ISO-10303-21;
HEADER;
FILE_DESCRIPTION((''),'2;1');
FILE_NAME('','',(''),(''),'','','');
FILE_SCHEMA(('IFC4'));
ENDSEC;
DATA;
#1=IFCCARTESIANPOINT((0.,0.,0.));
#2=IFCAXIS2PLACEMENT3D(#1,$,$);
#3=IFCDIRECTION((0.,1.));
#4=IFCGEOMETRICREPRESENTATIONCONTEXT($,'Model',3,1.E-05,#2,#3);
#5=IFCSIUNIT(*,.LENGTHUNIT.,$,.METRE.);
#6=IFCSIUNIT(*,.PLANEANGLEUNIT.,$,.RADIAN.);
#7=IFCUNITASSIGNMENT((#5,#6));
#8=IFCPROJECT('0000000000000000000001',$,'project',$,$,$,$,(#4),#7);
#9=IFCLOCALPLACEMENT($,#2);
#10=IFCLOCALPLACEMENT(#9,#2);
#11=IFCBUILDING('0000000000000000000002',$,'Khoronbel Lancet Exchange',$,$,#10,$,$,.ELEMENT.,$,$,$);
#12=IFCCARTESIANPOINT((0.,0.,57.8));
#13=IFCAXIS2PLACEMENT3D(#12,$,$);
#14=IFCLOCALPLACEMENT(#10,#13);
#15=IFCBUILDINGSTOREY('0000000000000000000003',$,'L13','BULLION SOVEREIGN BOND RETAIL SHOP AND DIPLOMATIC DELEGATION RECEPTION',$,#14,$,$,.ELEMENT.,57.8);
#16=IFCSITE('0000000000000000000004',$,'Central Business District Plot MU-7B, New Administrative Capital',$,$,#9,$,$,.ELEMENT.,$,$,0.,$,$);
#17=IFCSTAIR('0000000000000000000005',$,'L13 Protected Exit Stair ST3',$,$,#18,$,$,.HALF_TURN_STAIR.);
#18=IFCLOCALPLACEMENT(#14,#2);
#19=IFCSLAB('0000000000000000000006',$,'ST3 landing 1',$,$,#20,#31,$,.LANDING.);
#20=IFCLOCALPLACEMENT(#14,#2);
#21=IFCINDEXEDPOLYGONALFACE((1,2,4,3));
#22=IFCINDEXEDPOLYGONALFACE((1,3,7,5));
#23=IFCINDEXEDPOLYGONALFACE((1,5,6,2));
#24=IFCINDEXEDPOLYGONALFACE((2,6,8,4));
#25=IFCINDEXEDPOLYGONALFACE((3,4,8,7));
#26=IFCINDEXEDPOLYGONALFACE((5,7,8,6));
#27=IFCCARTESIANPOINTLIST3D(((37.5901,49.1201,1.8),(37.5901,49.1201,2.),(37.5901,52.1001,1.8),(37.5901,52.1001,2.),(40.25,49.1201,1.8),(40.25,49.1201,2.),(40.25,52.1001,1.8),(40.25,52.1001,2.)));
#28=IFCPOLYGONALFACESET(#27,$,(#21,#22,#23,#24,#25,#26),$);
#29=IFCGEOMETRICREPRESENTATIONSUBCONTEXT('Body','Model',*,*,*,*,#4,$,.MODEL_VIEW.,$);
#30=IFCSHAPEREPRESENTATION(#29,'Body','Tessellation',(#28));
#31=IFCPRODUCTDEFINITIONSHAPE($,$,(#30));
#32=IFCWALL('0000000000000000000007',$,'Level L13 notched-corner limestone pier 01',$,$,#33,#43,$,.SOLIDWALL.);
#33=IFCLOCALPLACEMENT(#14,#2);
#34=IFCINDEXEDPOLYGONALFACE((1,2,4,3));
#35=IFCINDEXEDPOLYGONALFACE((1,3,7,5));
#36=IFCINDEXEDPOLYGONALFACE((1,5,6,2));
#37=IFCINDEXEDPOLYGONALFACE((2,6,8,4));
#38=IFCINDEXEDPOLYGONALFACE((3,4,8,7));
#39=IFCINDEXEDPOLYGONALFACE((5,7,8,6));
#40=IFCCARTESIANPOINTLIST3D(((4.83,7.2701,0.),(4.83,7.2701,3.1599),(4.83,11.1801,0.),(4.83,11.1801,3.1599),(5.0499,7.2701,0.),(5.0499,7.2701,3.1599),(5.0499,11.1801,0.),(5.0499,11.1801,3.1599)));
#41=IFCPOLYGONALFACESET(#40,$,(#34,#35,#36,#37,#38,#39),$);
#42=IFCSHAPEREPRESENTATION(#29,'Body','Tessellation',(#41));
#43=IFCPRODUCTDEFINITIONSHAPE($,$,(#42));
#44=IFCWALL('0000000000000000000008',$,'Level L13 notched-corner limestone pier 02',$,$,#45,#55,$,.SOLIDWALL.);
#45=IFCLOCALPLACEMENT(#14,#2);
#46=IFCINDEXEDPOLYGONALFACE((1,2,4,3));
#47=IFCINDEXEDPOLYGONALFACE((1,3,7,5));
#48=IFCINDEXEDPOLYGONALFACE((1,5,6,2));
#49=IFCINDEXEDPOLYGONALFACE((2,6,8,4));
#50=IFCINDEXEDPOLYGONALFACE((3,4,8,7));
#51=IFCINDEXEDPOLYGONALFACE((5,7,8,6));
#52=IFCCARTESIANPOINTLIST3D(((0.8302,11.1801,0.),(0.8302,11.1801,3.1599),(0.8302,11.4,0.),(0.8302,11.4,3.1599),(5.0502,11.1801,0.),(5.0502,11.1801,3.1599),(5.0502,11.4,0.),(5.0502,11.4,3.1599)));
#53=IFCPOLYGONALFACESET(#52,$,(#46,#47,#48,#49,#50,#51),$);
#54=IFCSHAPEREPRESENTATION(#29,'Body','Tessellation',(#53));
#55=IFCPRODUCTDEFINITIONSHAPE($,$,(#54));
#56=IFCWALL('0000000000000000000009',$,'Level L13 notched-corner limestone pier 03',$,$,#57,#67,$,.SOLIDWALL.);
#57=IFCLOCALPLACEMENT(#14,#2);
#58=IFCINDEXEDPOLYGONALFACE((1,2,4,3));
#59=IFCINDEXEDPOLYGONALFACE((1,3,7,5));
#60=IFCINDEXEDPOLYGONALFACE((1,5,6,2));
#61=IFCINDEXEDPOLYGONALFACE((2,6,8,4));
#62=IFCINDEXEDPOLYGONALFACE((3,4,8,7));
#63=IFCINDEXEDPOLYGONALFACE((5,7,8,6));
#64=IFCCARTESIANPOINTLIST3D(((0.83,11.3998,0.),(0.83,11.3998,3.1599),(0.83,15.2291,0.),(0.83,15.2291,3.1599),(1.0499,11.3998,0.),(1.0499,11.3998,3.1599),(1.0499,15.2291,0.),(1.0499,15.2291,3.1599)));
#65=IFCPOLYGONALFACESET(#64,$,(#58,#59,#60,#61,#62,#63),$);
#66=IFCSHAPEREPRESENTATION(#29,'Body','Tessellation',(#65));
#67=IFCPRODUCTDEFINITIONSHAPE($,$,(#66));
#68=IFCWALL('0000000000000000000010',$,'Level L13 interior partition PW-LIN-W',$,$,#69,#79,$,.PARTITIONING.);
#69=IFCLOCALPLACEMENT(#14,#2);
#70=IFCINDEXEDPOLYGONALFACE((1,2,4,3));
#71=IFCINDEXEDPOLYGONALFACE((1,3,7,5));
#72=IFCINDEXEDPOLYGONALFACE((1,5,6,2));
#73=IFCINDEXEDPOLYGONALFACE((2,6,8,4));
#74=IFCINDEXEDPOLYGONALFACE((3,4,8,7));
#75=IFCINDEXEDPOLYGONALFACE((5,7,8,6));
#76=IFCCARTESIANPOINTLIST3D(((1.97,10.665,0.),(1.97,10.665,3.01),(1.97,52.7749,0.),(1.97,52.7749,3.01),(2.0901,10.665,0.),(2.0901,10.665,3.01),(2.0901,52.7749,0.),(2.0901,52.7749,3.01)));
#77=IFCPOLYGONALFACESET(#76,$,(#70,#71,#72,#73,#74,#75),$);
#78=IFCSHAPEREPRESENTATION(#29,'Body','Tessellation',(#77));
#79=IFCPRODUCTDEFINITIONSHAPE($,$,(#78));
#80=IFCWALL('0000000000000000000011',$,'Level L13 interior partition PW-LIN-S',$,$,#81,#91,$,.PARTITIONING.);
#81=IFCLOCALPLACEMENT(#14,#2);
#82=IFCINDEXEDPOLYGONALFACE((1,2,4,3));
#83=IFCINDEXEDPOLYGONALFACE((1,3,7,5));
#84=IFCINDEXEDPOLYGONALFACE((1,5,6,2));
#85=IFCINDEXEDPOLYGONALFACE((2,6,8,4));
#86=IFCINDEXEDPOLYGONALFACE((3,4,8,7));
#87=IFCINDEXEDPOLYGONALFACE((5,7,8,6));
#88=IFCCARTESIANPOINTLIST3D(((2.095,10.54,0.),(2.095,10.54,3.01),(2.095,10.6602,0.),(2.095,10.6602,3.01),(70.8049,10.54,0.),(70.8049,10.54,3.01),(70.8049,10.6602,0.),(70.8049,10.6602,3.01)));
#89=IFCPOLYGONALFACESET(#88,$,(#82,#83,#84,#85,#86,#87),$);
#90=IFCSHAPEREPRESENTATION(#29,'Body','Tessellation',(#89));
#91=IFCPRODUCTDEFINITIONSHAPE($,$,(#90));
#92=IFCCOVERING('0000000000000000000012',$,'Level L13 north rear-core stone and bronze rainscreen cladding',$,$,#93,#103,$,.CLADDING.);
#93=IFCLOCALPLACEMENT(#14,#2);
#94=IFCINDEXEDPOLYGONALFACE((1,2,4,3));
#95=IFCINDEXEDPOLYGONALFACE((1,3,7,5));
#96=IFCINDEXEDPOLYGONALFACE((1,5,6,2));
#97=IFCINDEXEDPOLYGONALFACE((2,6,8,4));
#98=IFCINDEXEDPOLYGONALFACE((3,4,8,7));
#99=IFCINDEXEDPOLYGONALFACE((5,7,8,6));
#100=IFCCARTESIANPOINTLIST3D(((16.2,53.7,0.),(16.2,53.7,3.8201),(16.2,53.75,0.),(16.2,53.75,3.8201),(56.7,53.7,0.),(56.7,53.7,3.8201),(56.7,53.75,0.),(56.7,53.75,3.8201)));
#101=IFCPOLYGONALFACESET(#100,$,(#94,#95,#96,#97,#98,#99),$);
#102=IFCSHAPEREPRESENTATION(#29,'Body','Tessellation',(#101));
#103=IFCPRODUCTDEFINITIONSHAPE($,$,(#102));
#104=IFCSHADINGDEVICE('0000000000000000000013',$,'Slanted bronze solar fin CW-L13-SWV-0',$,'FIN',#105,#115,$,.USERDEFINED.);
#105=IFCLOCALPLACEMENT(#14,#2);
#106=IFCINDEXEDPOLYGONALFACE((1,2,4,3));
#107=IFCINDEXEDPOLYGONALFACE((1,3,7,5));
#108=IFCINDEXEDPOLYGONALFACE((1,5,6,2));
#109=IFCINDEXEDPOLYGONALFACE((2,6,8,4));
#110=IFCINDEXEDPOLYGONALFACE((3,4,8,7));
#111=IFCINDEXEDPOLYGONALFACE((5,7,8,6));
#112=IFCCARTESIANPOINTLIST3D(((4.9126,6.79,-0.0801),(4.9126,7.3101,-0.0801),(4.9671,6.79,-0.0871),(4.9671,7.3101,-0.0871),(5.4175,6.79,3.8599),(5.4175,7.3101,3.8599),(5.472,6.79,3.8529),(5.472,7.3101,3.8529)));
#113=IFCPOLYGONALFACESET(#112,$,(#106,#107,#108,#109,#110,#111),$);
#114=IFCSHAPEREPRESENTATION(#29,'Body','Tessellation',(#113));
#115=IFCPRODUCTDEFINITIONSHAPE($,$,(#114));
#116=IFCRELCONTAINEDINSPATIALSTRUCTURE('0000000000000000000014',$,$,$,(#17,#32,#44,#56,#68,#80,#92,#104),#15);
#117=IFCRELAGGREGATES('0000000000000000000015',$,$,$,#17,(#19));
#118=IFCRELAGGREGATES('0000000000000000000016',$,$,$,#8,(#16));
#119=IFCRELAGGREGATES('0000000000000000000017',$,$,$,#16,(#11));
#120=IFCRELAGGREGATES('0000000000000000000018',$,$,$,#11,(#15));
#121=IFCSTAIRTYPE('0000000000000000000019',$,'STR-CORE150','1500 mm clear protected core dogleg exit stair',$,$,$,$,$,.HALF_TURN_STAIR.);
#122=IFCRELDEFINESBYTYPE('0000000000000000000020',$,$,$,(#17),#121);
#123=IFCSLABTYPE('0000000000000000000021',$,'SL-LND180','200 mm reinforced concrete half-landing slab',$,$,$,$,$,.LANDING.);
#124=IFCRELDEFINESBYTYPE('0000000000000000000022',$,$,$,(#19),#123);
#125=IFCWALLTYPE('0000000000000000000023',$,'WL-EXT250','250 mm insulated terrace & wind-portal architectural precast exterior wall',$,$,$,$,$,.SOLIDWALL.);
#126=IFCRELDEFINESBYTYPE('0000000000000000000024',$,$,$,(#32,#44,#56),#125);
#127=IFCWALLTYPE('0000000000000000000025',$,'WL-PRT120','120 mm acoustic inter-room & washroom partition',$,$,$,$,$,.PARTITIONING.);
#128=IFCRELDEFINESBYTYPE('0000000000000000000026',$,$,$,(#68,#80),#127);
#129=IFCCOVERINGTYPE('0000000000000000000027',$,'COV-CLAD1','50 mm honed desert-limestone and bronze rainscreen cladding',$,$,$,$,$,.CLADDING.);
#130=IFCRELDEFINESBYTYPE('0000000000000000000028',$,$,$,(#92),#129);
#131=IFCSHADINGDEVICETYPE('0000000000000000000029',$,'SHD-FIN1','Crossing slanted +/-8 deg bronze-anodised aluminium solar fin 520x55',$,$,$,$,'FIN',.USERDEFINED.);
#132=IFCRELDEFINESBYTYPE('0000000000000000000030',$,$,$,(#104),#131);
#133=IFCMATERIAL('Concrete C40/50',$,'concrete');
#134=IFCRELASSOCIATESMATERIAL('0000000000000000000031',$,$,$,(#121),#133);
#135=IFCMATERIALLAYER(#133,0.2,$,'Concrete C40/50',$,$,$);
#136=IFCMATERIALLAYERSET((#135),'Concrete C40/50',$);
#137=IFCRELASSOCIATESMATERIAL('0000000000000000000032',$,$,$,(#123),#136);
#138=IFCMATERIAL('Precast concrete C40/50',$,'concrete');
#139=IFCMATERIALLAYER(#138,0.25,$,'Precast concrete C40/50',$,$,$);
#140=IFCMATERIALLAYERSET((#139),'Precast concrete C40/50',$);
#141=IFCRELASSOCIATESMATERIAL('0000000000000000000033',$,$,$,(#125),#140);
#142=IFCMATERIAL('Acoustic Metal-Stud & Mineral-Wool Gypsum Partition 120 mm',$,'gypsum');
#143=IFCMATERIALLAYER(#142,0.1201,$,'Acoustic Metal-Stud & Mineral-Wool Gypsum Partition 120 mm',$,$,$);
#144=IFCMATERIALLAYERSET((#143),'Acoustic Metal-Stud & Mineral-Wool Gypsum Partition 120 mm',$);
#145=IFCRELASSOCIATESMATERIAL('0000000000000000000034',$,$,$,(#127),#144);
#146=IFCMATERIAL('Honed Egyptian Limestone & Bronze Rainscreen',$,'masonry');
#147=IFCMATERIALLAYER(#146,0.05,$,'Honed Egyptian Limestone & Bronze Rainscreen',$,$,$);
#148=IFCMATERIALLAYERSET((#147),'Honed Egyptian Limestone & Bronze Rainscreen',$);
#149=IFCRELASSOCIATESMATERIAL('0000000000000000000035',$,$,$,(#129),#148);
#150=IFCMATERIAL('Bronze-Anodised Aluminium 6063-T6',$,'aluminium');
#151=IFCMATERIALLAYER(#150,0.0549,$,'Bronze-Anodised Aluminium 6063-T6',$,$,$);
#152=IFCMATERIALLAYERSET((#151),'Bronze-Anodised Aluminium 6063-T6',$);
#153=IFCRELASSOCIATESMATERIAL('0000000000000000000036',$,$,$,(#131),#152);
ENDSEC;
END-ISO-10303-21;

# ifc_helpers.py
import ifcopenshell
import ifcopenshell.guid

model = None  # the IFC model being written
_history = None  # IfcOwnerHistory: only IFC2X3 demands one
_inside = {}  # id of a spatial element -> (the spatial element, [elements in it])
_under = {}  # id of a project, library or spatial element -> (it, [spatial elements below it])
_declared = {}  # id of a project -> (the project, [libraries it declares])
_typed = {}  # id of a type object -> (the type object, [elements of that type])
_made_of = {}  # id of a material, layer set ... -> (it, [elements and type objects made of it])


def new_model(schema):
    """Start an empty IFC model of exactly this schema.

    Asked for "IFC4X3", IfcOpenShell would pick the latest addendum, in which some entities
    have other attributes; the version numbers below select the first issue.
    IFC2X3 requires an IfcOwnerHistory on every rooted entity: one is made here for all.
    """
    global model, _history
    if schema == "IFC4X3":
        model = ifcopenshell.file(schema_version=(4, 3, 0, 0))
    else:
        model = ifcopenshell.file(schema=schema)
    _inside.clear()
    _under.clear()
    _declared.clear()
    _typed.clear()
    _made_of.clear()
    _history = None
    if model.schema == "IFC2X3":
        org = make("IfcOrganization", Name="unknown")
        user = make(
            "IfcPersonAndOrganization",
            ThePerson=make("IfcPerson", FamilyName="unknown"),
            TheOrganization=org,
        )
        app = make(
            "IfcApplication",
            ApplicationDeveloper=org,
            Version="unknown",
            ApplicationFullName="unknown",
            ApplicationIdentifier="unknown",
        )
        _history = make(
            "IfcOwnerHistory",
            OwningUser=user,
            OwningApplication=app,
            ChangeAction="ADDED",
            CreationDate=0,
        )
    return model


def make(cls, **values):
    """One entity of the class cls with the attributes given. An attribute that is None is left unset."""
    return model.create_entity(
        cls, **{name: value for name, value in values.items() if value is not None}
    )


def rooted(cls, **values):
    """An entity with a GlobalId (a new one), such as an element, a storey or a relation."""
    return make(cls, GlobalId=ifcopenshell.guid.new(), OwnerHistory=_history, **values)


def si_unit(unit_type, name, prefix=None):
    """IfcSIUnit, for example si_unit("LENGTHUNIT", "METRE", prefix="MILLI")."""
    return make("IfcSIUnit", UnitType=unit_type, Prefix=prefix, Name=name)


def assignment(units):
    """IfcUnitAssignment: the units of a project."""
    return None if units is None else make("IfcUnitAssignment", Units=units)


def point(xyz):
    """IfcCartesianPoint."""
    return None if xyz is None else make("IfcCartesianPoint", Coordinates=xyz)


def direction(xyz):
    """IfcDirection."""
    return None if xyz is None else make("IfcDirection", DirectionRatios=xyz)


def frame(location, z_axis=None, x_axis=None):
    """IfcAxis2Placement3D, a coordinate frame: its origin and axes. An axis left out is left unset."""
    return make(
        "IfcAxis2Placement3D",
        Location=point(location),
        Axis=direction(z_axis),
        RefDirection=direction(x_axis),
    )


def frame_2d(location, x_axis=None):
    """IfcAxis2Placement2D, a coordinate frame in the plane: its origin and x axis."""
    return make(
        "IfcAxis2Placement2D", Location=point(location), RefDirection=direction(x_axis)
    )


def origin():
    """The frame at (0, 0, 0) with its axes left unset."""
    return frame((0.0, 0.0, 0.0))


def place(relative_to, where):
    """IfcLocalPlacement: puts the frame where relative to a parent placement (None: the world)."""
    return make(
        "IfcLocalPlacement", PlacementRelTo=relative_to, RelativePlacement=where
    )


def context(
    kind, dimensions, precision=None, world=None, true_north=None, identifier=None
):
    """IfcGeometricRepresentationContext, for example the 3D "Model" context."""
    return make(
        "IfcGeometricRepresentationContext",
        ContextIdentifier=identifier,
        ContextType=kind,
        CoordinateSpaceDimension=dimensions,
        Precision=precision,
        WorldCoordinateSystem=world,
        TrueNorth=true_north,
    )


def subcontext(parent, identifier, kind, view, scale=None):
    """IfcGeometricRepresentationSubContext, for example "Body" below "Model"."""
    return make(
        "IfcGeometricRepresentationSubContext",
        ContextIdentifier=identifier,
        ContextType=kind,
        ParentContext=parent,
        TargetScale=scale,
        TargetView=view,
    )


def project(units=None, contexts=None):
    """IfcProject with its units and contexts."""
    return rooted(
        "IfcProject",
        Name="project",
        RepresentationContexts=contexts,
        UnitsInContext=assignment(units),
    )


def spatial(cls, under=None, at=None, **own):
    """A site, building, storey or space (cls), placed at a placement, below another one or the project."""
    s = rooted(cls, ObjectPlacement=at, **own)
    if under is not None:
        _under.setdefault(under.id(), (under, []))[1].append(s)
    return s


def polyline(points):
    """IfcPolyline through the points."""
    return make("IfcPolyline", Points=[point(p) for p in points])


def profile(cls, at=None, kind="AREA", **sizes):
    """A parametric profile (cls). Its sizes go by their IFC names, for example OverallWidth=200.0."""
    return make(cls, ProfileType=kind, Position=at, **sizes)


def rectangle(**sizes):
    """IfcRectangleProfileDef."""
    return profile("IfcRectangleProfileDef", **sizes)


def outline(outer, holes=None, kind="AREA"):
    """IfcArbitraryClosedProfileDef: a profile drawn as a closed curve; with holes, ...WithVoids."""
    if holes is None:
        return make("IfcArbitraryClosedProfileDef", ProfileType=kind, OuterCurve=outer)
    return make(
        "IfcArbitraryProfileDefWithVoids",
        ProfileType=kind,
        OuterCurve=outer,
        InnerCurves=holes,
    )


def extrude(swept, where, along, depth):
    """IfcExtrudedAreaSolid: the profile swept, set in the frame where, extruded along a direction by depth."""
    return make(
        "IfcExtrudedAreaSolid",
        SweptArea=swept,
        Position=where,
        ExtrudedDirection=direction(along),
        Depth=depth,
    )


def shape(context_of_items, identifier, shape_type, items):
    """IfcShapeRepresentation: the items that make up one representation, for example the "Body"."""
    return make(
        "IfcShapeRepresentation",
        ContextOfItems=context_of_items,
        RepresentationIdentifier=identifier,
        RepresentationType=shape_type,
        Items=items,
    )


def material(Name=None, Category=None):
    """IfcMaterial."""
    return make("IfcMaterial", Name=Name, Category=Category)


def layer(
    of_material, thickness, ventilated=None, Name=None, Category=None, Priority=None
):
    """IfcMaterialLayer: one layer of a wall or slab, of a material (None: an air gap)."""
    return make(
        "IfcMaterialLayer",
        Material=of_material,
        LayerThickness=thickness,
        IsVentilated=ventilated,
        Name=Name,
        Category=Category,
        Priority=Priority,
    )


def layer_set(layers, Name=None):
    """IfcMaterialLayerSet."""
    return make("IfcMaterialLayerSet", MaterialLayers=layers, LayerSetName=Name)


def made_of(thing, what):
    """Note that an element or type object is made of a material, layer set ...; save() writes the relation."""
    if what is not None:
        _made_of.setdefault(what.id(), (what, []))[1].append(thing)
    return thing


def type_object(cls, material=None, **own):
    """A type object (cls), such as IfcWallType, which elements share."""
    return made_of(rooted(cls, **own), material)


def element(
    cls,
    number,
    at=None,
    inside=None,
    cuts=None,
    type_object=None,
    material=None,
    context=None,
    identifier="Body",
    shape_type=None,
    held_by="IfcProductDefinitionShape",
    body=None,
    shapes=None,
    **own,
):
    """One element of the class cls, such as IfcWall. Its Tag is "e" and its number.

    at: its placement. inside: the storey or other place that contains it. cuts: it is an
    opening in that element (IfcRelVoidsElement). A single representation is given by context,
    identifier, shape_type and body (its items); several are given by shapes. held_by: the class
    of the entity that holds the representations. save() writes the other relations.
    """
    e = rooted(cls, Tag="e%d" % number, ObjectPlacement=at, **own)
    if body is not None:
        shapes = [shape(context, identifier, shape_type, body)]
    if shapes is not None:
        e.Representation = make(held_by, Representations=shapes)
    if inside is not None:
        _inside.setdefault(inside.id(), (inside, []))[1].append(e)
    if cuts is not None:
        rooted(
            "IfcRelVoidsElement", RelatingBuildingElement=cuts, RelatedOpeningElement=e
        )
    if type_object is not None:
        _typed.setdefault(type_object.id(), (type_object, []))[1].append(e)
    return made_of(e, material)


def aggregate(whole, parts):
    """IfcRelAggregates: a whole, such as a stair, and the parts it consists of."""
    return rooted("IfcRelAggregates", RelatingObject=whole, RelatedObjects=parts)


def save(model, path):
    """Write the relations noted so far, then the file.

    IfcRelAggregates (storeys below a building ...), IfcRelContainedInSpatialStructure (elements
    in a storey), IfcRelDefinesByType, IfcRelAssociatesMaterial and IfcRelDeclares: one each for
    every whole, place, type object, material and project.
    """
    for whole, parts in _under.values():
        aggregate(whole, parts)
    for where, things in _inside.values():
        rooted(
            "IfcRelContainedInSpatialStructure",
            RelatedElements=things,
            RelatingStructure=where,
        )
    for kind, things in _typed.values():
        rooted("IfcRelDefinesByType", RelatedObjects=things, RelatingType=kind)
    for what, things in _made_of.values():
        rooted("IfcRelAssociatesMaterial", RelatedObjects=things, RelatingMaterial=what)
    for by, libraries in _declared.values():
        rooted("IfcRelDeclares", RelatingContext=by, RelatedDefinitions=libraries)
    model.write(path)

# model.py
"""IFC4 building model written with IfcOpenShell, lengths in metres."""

from ifc_helpers import new_model, si_unit, direction, frame, frame_2d, origin, place, context, subcontext, project, spatial, polyline, rectangle, outline, extrude, material, layer, layer_set, type_object, element, aggregate, save


model = new_model("IFC4")

# Units and contexts
model_context = context("Model", 3, precision=1e-05, world=origin(), true_north=direction((0.0, 1.0)))
body_context = subcontext(model_context, "Body", "Model", "MODEL_VIEW")
ifc_project = project(units=[si_unit("LENGTHUNIT", "METRE"), si_unit("PLANEANGLEUNIT", "RADIAN")], contexts=[model_context])

# Site, building, storey
site_placement = place(None, origin())
site = spatial("IfcSite", under=ifc_project, at=site_placement, Name="Central Business District Plot MU-7B, New Administrative Capital", CompositionType="ELEMENT", RefElevation=0.0)
building_placement = place(site_placement, origin())
building = spatial("IfcBuilding", under=site, at=building_placement, Name="Khoronbel Lancet Exchange", CompositionType="ELEMENT")
storey_placement = place(building_placement, frame((0.0, 0.0, 57.8)))
storey = spatial("IfcBuildingStorey", under=building, at=storey_placement, Name="L13", Description="BULLION SOVEREIGN BOND RETAIL SHOP AND DIPLOMATIC DELEGATION RECEPTION", CompositionType="ELEMENT", Elevation=57.8)

# Shared definitions
ifc_material_1 = material(Name="Bronze-Anodised Aluminium 6063-T6", Category="aluminium")

# Shared definitions
ifc_material_2 = material(Name="Concrete C40/50", Category="concrete")

# Stair, slab
stair_type = type_object("IfcStairType", Name="STR-CORE150", Description="1500 mm clear protected core dogleg exit stair", PredefinedType="HALF_TURN_STAIR", material=ifc_material_2)
ifc_layer_1 = layer(ifc_material_2, 0.2, Name="Concrete C40/50")
ifc_layer_set_1 = layer_set([ifc_layer_1], Name="Concrete C40/50")
slab_type_1 = type_object("IfcSlabType", Name="SL-LND180", Description="200 mm reinforced concrete half-landing slab", PredefinedType="LANDING", material=ifc_layer_set_1)
stair_1_placement = place(storey_placement, origin())
stair_1 = element("IfcStair", 1, at=stair_1_placement, inside=storey, type_object=stair_type, Name="L13 Protected Exit Stair ST3", PredefinedType="HALF_TURN_STAIR")
slab_1_placement = place(storey_placement, frame((0.0, 0.0, 1.8)))
slab_1 = element("IfcSlab", 2, at=slab_1_placement, type_object=slab_type_1, Name="ST3 landing 1", PredefinedType="LANDING", context=body_context, shape_type="SweptSolid", body=[
    extrude(outline(polyline([(37.5901, 49.1201), (40.25, 49.1201), (40.25, 52.1001), (37.5901, 52.1001), (37.5901, 49.1201)])), origin(), (0.0, 0.0, 1.0), 0.2),
])
aggregate(stair_1, [slab_1])

# Walls
ifc_material_3 = material(Name="Precast concrete C40/50", Category="concrete")
ifc_layer_2 = layer(ifc_material_3, 0.25, Name="Precast concrete C40/50")
ifc_layer_set_2 = layer_set([ifc_layer_2], Name="Precast concrete C40/50")
wall_type_1 = type_object("IfcWallType", Name="WL-EXT250", Description="250 mm insulated terrace & wind-portal architectural precast exterior wall", PredefinedType="SOLIDWALL", material=ifc_layer_set_2)
wall_1_placement = place(storey_placement, frame((4.9399, 7.27, 0.0), z_axis=(0.0, 0.0, 1.0), x_axis=(0.0, 1.0, 0.0)))
element("IfcWall", 3, at=wall_1_placement, inside=storey, type_object=wall_type_1, Name="Level L13 notched-corner limestone pier 01", PredefinedType="SOLIDWALL", context=body_context, shape_type="SweptSolid", body=[
    extrude(rectangle(XDim=3.9099, YDim=0.22, at=frame_2d((1.9551, 0.0))), origin(), (0.0, 0.0, 1.0), 3.1599),
])
wall_2_placement = place(storey_placement, frame((5.05, 11.29, 0.0), z_axis=(0.0, 0.0, 1.0), x_axis=(-1.0, 0.0, 0.0)))
element("IfcWall", 4, at=wall_2_placement, inside=storey, type_object=wall_type_1, Name="Level L13 notched-corner limestone pier 02", PredefinedType="SOLIDWALL", context=body_context, shape_type="SweptSolid", body=[
    extrude(rectangle(XDim=4.22, YDim=0.22, at=frame_2d((2.1099, 0.0))), origin(), (0.0, 0.0, 1.0), 3.1599),
])
wall_3_placement = place(storey_placement, frame((0.9399, 11.3999, 0.0), z_axis=(0.0, 0.0, 1.0), x_axis=(0.0, 1.0, 0.0)))
element("IfcWall", 5, at=wall_3_placement, inside=storey, type_object=wall_type_1, Name="Level L13 notched-corner limestone pier 03", PredefinedType="SOLIDWALL", context=body_context, shape_type="SweptSolid", body=[
    extrude(rectangle(XDim=3.8293, YDim=0.22, at=frame_2d((1.9146, 0.0))), origin(), (0.0, 0.0, 1.0), 3.1599),
])
ifc_material_4 = material(Name="Acoustic Metal-Stud & Mineral-Wool Gypsum Partition 120 mm", Category="gypsum")
ifc_layer_3 = layer(ifc_material_4, 0.1201, Name="Acoustic Metal-Stud & Mineral-Wool Gypsum Partition 120 mm")
ifc_layer_set_3 = layer_set([ifc_layer_3], Name="Acoustic Metal-Stud & Mineral-Wool Gypsum Partition 120 mm")
wall_type_2 = type_object("IfcWallType", Name="WL-PRT120", Description="120 mm acoustic inter-room & washroom partition", PredefinedType="PARTITIONING", material=ifc_layer_set_3)
wall_4_placement = place(storey_placement, frame((2.03, 10.665, 0.0), z_axis=(0.0, 0.0, 1.0), x_axis=(0.0, 1.0, 0.0)))
element("IfcWall", 6, at=wall_4_placement, inside=storey, type_object=wall_type_2, Name="Level L13 interior partition PW-LIN-W", PredefinedType="PARTITIONING", context=body_context, shape_type="SweptSolid", body=[
    extrude(rectangle(XDim=42.1099, YDim=0.1201, at=frame_2d((21.0549, 0.0))), origin(), (0.0, 0.0, 1.0), 3.01),
])
wall_5_placement = place(storey_placement, frame((2.095, 10.6001, 0.0), z_axis=(0.0, 0.0, 1.0), x_axis=(1.0, 0.0, 0.0)))
element("IfcWall", 7, at=wall_5_placement, inside=storey, type_object=wall_type_2, Name="Level L13 interior partition PW-LIN-S", PredefinedType="PARTITIONING", context=body_context, shape_type="SweptSolid", body=[
    extrude(rectangle(XDim=68.71, YDim=0.1201, at=frame_2d((34.355, 0.0))), origin(), (0.0, 0.0, 1.0), 3.01),
])

# Covering
ifc_material_5 = material(Name="Honed Egyptian Limestone & Bronze Rainscreen", Category="masonry")
ifc_layer_4 = layer(ifc_material_5, 0.05, Name="Honed Egyptian Limestone & Bronze Rainscreen")
ifc_layer_set_4 = layer_set([ifc_layer_4], Name="Honed Egyptian Limestone & Bronze Rainscreen")
covering_type = type_object("IfcCoveringType", Name="COV-CLAD1", Description="50 mm honed desert-limestone and bronze rainscreen cladding", PredefinedType="CLADDING", material=ifc_layer_set_4)
covering_placement = place(storey_placement, origin())
element("IfcCovering", 8, at=covering_placement, inside=storey, type_object=covering_type, Name="Level L13 north rear-core stone and bronze rainscreen cladding", PredefinedType="CLADDING", context=body_context, shape_type="SweptSolid", body=[
    extrude(outline(polyline([(16.2, 53.7), (56.7, 53.7), (56.7, 53.75), (16.2, 53.75), (16.2, 53.7)])), origin(), (0.0, 0.0, 1.0), 3.8201),
])

# Shading device
ifc_layer_5 = layer(ifc_material_1, 0.0549, Name="Bronze-Anodised Aluminium 6063-T6")
ifc_layer_set_5 = layer_set([ifc_layer_5], Name="Bronze-Anodised Aluminium 6063-T6")
shading_device_type = type_object("IfcShadingDeviceType", Name="SHD-FIN1", Description="Crossing slanted +/-8 deg bronze-anodised aluminium solar fin 520x55", ElementType="FIN", PredefinedType="USERDEFINED", material=ifc_layer_set_5)
shading_device_placement = place(storey_placement, frame((4.9126, 7.3101, -0.0801), z_axis=(-0.991889, 0.0, 0.127105), x_axis=(0.0, -1.0, 0.0)))
element("IfcShadingDevice", 9, at=shading_device_placement, inside=storey, type_object=shading_device_type, Name="Slanted bronze solar fin CW-L13-SWV-0", ObjectType="FIN", PredefinedType="USERDEFINED", context=body_context, shape_type="SweptSolid", body=[
    extrude(outline(polyline([(0.0, 0.0), (0.52, 0.0), (0.52, 3.9722), (0.0, 3.9722), (0.0, 0.0)])), origin(), (0.0, 0.0, -1.0), 0.0549),
])

save(model, "model.ifc")
